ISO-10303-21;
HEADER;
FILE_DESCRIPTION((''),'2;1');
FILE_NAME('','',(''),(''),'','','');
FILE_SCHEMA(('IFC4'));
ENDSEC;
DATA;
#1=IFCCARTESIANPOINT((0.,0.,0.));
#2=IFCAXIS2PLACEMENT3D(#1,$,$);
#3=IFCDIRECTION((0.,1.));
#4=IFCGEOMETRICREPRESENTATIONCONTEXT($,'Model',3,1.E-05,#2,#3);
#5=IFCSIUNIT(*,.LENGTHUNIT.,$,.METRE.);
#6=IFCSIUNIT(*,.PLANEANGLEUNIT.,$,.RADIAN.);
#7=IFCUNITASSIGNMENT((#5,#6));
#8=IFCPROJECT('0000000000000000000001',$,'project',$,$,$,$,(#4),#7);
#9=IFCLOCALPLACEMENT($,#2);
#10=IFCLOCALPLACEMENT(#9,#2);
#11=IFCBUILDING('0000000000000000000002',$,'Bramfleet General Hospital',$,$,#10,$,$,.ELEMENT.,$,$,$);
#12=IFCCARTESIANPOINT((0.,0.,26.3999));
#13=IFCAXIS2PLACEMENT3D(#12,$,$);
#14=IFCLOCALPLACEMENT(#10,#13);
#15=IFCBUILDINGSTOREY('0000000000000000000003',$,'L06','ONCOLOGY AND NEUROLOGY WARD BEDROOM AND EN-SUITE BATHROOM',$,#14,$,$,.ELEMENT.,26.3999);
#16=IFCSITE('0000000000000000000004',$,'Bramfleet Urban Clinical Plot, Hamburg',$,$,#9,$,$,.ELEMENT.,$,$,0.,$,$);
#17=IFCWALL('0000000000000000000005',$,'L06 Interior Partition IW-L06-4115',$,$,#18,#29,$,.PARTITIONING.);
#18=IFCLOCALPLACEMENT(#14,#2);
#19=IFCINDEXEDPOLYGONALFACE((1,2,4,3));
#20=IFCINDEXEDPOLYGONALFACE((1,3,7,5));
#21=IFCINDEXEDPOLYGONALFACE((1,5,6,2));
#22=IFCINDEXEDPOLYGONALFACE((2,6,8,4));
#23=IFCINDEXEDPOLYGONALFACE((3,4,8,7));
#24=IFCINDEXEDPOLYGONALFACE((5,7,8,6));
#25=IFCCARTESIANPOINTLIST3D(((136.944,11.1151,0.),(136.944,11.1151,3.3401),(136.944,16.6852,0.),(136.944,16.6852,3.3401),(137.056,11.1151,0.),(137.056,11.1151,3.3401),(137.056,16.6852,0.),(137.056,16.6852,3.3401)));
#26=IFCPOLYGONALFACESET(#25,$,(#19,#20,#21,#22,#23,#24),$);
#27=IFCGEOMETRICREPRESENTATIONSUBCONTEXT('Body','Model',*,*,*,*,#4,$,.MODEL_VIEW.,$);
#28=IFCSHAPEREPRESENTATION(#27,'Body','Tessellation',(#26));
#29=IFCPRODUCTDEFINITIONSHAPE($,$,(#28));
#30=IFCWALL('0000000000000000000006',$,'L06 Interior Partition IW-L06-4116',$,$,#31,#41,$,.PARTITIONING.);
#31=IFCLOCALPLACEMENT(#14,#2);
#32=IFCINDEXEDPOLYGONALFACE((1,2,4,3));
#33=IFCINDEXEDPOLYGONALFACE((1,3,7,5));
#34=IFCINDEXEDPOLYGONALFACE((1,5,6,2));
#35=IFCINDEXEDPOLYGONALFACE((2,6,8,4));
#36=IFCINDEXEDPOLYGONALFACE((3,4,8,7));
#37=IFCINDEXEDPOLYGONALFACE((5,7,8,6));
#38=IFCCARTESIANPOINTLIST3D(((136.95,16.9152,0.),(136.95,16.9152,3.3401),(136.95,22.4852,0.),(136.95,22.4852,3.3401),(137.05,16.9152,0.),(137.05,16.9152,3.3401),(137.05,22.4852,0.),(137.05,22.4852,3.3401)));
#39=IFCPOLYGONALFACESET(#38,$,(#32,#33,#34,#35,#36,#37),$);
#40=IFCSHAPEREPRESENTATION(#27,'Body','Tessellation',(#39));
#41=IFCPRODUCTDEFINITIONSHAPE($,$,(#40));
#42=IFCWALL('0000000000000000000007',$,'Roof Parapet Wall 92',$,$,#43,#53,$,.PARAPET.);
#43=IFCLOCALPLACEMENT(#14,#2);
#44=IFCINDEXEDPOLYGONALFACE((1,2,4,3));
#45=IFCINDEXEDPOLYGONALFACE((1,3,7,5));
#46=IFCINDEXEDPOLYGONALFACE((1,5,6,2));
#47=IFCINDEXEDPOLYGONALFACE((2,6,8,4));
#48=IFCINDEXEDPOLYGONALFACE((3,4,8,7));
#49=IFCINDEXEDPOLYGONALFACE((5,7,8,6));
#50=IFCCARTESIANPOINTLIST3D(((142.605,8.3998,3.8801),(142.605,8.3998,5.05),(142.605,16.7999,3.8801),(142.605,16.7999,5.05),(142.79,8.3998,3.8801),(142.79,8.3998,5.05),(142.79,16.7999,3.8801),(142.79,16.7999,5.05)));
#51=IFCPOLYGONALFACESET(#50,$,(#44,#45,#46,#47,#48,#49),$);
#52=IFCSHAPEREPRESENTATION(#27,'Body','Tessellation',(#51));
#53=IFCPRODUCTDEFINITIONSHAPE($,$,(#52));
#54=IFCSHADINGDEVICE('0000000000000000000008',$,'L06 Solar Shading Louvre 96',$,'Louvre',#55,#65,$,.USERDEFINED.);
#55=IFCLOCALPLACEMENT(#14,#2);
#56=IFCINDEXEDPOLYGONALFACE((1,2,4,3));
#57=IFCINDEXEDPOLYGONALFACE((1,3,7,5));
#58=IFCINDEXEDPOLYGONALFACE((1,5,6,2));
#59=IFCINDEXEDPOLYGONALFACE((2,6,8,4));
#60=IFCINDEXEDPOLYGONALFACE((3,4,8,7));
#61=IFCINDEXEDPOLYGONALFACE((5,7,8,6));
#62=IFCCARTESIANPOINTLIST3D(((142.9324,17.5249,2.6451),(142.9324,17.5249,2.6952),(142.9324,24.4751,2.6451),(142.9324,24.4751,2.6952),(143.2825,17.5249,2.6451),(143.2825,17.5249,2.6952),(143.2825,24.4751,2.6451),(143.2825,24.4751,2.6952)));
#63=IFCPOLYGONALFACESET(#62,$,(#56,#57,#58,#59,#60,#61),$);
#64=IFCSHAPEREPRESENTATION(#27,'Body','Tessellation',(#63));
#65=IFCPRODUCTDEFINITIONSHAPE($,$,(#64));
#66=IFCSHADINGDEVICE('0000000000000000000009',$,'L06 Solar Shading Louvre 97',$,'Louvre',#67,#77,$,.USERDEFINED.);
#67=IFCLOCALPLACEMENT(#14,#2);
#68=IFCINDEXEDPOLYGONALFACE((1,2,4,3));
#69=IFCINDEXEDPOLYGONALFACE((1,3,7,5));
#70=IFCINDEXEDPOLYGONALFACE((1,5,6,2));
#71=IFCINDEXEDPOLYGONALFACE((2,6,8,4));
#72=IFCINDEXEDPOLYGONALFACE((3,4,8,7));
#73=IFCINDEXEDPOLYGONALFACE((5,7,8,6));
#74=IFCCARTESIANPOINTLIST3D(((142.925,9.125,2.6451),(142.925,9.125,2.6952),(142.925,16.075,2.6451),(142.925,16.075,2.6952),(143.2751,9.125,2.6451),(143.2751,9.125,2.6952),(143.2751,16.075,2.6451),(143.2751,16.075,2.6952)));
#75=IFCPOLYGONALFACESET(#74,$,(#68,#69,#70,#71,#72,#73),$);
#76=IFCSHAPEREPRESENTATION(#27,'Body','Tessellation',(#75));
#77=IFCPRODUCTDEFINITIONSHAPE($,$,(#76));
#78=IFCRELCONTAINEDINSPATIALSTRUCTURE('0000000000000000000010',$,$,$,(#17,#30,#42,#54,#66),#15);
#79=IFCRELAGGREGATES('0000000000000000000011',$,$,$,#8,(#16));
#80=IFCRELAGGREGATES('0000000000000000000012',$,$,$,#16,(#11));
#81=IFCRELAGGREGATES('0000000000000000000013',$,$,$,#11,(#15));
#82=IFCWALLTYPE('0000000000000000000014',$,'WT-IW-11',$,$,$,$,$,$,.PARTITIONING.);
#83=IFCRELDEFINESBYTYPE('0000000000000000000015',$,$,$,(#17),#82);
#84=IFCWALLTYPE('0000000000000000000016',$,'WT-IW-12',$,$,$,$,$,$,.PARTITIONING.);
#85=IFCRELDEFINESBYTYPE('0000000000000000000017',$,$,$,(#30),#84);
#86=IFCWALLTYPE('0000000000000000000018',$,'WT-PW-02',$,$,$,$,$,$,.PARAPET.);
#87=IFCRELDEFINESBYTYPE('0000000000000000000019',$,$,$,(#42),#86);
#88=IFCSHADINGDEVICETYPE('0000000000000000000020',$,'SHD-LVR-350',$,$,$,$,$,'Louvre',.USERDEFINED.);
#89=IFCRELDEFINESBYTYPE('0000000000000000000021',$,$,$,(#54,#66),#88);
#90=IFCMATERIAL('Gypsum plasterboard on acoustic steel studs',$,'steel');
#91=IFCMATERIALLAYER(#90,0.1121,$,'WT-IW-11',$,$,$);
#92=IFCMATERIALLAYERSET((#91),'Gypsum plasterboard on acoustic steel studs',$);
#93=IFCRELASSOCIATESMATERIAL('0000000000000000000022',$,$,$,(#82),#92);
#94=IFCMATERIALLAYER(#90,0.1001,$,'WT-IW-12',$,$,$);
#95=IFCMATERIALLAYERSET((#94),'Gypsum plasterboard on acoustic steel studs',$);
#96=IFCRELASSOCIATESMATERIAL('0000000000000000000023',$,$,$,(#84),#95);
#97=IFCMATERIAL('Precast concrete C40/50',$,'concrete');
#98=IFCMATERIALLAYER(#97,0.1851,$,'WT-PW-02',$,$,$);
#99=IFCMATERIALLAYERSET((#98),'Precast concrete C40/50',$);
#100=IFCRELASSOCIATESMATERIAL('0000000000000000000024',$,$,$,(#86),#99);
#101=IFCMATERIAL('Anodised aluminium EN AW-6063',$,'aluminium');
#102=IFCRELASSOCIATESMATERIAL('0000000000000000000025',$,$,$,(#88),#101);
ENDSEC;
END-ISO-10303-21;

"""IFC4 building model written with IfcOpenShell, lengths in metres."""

from ifc_helpers import new_model, si_unit, direction, frame, frame_2d, origin, origin_2d, place, context, subcontext, project, spatial, rectangle, extrude, material, layer, layer_set, material_profile, profile_set, type_object, element, save


model = new_model("IFC4")

# Units and contexts
model_context = context("Model", 3, precision=1e-05, world=origin(), true_north=direction((0.0, 1.0)))
body_context = subcontext(model_context, "Body", "Model", "MODEL_VIEW")
ifc_project = project(units=[si_unit("LENGTHUNIT", "METRE"), si_unit("PLANEANGLEUNIT", "RADIAN")], contexts=[model_context])

# Site, building, storey
site_placement = place(None, origin())
site = spatial("IfcSite", under=ifc_project, at=site_placement, Name="Bramfleet Urban Clinical Plot, Hamburg", CompositionType="ELEMENT", RefElevation=0.0)
building_placement = place(site_placement, origin())
building = spatial("IfcBuilding", under=site, at=building_placement, Name="Bramfleet General Hospital", CompositionType="ELEMENT")
storey_placement = place(building_placement, frame((0.0, 0.0, 26.3999)))
storey = spatial("IfcBuildingStorey", under=building, at=storey_placement, Name="L06", Description="ONCOLOGY AND NEUROLOGY WARD BEDROOM AND EN-SUITE BATHROOM", CompositionType="ELEMENT", Elevation=26.3999)

# Shared definitions
ifc_material_1 = material(Name="Precast concrete C40/50", Category="concrete")

# Shared definitions
ifc_material_2 = material(Name="Gypsum plasterboard on acoustic steel studs", Category="steel")

# Walls
ifc_layer_1 = layer(ifc_material_2, 0.1121, Name="WT-IW-11")
ifc_layer_set_1 = layer_set([ifc_layer_1], Name="Gypsum plasterboard on acoustic steel studs")
wall_type_1 = type_object("IfcWallType", Name="WT-IW-11", PredefinedType="PARTITIONING", material=ifc_layer_set_1)
wall_1_placement = place(storey_placement, frame((137.0, 11.115, 0.0), z_axis=(0.0, 0.0, 1.0), x_axis=(0.0, 1.0, 0.0)))
element("IfcWall", 1, at=wall_1_placement, inside=storey, type_object=wall_type_1, Name="L06 Interior Partition IW-L06-4115", PredefinedType="PARTITIONING", context=body_context, shape_type="SweptSolid", body=[
    extrude(rectangle(XDim=5.5701, YDim=0.1121, at=frame_2d((2.7852, 0.0))), origin(), (0.0, 0.0, 1.0), 3.3401),
])
ifc_layer_2 = layer(ifc_material_2, 0.1001, Name="WT-IW-12")
ifc_layer_set_2 = layer_set([ifc_layer_2], Name="Gypsum plasterboard on acoustic steel studs")
wall_type_2 = type_object("IfcWallType", Name="WT-IW-12", PredefinedType="PARTITIONING", material=ifc_layer_set_2)
wall_2_placement = place(storey_placement, frame((137.0, 16.915, 0.0), z_axis=(0.0, 0.0, 1.0), x_axis=(0.0, 1.0, 0.0)))
element("IfcWall", 2, at=wall_2_placement, inside=storey, type_object=wall_type_2, Name="L06 Interior Partition IW-L06-4116", PredefinedType="PARTITIONING", context=body_context, shape_type="SweptSolid", body=[
    extrude(rectangle(XDim=5.5701, YDim=0.1001, at=frame_2d((2.7852, 0.0))), origin(), (0.0, 0.0, 1.0), 3.3401),
])
ifc_layer_3 = layer(ifc_material_1, 0.1851, Name="WT-PW-02")
ifc_layer_set_3 = layer_set([ifc_layer_3], Name="Precast concrete C40/50")
wall_type_3 = type_object("IfcWallType", Name="WT-PW-02", PredefinedType="PARAPET", material=ifc_layer_set_3)
wall_3_placement = place(storey_placement, frame((142.6975, 16.8, 3.8801), z_axis=(0.0, 0.0, 1.0), x_axis=(0.0, -1.0, 0.0)))
element("IfcWall", 3, at=wall_3_placement, inside=storey, type_object=wall_type_3, Name="Roof Parapet Wall 92", PredefinedType="PARAPET", context=body_context, shape_type="SweptSolid", body=[
    extrude(rectangle(XDim=8.4001, YDim=0.1851, at=frame_2d((4.2002, 0.0))), origin(), (0.0, 0.0, 1.0), 1.1699),
])

# Shading devices
ifc_material_3 = material(Name="Anodised aluminium EN AW-6063", Category="aluminium")
ifc_material_profile_1 = material_profile(ifc_material_3, rectangle(XDim=0.05, YDim=0.3501, at=origin_2d()), Name="ALU LOUVRE 350x50")
ifc_profile_set_1 = profile_set([ifc_material_profile_1], Name="Anodised aluminium EN AW-6063")
shading_device_type = type_object("IfcShadingDeviceType", Name="SHD-LVR-350", ElementType="Louvre", PredefinedType="USERDEFINED", material=ifc_profile_set_1)
shading_device_1_placement = place(storey_placement, frame((143.1074, 24.4751, 2.6702), z_axis=(0.0, -1.0, 0.0), x_axis=(0.0, 0.0, 1.0)))
element("IfcShadingDevice", 4, at=shading_device_1_placement, inside=storey, type_object=shading_device_type, Name="L06 Solar Shading Louvre 96", ObjectType="Louvre", PredefinedType="USERDEFINED", context=body_context, shape_type="SweptSolid", body=[
    extrude(rectangle(XDim=0.05, YDim=0.3501, at=origin_2d()), origin(), (0.0, 0.0, 1.0), 6.9502),
])
shading_device_2_placement = place(storey_placement, frame((143.1001, 16.075, 2.6702), z_axis=(0.0, -1.0, 0.0), x_axis=(0.0, 0.0, 1.0)))
element("IfcShadingDevice", 5, at=shading_device_2_placement, inside=storey, type_object=shading_device_type, Name="L06 Solar Shading Louvre 97", ObjectType="Louvre", PredefinedType="USERDEFINED", context=body_context, shape_type="SweptSolid", body=[
    extrude(rectangle(XDim=0.05, YDim=0.3501, at=origin_2d()), origin(), (0.0, 0.0, 1.0), 6.95),
])

save(model, "model.ifc")
